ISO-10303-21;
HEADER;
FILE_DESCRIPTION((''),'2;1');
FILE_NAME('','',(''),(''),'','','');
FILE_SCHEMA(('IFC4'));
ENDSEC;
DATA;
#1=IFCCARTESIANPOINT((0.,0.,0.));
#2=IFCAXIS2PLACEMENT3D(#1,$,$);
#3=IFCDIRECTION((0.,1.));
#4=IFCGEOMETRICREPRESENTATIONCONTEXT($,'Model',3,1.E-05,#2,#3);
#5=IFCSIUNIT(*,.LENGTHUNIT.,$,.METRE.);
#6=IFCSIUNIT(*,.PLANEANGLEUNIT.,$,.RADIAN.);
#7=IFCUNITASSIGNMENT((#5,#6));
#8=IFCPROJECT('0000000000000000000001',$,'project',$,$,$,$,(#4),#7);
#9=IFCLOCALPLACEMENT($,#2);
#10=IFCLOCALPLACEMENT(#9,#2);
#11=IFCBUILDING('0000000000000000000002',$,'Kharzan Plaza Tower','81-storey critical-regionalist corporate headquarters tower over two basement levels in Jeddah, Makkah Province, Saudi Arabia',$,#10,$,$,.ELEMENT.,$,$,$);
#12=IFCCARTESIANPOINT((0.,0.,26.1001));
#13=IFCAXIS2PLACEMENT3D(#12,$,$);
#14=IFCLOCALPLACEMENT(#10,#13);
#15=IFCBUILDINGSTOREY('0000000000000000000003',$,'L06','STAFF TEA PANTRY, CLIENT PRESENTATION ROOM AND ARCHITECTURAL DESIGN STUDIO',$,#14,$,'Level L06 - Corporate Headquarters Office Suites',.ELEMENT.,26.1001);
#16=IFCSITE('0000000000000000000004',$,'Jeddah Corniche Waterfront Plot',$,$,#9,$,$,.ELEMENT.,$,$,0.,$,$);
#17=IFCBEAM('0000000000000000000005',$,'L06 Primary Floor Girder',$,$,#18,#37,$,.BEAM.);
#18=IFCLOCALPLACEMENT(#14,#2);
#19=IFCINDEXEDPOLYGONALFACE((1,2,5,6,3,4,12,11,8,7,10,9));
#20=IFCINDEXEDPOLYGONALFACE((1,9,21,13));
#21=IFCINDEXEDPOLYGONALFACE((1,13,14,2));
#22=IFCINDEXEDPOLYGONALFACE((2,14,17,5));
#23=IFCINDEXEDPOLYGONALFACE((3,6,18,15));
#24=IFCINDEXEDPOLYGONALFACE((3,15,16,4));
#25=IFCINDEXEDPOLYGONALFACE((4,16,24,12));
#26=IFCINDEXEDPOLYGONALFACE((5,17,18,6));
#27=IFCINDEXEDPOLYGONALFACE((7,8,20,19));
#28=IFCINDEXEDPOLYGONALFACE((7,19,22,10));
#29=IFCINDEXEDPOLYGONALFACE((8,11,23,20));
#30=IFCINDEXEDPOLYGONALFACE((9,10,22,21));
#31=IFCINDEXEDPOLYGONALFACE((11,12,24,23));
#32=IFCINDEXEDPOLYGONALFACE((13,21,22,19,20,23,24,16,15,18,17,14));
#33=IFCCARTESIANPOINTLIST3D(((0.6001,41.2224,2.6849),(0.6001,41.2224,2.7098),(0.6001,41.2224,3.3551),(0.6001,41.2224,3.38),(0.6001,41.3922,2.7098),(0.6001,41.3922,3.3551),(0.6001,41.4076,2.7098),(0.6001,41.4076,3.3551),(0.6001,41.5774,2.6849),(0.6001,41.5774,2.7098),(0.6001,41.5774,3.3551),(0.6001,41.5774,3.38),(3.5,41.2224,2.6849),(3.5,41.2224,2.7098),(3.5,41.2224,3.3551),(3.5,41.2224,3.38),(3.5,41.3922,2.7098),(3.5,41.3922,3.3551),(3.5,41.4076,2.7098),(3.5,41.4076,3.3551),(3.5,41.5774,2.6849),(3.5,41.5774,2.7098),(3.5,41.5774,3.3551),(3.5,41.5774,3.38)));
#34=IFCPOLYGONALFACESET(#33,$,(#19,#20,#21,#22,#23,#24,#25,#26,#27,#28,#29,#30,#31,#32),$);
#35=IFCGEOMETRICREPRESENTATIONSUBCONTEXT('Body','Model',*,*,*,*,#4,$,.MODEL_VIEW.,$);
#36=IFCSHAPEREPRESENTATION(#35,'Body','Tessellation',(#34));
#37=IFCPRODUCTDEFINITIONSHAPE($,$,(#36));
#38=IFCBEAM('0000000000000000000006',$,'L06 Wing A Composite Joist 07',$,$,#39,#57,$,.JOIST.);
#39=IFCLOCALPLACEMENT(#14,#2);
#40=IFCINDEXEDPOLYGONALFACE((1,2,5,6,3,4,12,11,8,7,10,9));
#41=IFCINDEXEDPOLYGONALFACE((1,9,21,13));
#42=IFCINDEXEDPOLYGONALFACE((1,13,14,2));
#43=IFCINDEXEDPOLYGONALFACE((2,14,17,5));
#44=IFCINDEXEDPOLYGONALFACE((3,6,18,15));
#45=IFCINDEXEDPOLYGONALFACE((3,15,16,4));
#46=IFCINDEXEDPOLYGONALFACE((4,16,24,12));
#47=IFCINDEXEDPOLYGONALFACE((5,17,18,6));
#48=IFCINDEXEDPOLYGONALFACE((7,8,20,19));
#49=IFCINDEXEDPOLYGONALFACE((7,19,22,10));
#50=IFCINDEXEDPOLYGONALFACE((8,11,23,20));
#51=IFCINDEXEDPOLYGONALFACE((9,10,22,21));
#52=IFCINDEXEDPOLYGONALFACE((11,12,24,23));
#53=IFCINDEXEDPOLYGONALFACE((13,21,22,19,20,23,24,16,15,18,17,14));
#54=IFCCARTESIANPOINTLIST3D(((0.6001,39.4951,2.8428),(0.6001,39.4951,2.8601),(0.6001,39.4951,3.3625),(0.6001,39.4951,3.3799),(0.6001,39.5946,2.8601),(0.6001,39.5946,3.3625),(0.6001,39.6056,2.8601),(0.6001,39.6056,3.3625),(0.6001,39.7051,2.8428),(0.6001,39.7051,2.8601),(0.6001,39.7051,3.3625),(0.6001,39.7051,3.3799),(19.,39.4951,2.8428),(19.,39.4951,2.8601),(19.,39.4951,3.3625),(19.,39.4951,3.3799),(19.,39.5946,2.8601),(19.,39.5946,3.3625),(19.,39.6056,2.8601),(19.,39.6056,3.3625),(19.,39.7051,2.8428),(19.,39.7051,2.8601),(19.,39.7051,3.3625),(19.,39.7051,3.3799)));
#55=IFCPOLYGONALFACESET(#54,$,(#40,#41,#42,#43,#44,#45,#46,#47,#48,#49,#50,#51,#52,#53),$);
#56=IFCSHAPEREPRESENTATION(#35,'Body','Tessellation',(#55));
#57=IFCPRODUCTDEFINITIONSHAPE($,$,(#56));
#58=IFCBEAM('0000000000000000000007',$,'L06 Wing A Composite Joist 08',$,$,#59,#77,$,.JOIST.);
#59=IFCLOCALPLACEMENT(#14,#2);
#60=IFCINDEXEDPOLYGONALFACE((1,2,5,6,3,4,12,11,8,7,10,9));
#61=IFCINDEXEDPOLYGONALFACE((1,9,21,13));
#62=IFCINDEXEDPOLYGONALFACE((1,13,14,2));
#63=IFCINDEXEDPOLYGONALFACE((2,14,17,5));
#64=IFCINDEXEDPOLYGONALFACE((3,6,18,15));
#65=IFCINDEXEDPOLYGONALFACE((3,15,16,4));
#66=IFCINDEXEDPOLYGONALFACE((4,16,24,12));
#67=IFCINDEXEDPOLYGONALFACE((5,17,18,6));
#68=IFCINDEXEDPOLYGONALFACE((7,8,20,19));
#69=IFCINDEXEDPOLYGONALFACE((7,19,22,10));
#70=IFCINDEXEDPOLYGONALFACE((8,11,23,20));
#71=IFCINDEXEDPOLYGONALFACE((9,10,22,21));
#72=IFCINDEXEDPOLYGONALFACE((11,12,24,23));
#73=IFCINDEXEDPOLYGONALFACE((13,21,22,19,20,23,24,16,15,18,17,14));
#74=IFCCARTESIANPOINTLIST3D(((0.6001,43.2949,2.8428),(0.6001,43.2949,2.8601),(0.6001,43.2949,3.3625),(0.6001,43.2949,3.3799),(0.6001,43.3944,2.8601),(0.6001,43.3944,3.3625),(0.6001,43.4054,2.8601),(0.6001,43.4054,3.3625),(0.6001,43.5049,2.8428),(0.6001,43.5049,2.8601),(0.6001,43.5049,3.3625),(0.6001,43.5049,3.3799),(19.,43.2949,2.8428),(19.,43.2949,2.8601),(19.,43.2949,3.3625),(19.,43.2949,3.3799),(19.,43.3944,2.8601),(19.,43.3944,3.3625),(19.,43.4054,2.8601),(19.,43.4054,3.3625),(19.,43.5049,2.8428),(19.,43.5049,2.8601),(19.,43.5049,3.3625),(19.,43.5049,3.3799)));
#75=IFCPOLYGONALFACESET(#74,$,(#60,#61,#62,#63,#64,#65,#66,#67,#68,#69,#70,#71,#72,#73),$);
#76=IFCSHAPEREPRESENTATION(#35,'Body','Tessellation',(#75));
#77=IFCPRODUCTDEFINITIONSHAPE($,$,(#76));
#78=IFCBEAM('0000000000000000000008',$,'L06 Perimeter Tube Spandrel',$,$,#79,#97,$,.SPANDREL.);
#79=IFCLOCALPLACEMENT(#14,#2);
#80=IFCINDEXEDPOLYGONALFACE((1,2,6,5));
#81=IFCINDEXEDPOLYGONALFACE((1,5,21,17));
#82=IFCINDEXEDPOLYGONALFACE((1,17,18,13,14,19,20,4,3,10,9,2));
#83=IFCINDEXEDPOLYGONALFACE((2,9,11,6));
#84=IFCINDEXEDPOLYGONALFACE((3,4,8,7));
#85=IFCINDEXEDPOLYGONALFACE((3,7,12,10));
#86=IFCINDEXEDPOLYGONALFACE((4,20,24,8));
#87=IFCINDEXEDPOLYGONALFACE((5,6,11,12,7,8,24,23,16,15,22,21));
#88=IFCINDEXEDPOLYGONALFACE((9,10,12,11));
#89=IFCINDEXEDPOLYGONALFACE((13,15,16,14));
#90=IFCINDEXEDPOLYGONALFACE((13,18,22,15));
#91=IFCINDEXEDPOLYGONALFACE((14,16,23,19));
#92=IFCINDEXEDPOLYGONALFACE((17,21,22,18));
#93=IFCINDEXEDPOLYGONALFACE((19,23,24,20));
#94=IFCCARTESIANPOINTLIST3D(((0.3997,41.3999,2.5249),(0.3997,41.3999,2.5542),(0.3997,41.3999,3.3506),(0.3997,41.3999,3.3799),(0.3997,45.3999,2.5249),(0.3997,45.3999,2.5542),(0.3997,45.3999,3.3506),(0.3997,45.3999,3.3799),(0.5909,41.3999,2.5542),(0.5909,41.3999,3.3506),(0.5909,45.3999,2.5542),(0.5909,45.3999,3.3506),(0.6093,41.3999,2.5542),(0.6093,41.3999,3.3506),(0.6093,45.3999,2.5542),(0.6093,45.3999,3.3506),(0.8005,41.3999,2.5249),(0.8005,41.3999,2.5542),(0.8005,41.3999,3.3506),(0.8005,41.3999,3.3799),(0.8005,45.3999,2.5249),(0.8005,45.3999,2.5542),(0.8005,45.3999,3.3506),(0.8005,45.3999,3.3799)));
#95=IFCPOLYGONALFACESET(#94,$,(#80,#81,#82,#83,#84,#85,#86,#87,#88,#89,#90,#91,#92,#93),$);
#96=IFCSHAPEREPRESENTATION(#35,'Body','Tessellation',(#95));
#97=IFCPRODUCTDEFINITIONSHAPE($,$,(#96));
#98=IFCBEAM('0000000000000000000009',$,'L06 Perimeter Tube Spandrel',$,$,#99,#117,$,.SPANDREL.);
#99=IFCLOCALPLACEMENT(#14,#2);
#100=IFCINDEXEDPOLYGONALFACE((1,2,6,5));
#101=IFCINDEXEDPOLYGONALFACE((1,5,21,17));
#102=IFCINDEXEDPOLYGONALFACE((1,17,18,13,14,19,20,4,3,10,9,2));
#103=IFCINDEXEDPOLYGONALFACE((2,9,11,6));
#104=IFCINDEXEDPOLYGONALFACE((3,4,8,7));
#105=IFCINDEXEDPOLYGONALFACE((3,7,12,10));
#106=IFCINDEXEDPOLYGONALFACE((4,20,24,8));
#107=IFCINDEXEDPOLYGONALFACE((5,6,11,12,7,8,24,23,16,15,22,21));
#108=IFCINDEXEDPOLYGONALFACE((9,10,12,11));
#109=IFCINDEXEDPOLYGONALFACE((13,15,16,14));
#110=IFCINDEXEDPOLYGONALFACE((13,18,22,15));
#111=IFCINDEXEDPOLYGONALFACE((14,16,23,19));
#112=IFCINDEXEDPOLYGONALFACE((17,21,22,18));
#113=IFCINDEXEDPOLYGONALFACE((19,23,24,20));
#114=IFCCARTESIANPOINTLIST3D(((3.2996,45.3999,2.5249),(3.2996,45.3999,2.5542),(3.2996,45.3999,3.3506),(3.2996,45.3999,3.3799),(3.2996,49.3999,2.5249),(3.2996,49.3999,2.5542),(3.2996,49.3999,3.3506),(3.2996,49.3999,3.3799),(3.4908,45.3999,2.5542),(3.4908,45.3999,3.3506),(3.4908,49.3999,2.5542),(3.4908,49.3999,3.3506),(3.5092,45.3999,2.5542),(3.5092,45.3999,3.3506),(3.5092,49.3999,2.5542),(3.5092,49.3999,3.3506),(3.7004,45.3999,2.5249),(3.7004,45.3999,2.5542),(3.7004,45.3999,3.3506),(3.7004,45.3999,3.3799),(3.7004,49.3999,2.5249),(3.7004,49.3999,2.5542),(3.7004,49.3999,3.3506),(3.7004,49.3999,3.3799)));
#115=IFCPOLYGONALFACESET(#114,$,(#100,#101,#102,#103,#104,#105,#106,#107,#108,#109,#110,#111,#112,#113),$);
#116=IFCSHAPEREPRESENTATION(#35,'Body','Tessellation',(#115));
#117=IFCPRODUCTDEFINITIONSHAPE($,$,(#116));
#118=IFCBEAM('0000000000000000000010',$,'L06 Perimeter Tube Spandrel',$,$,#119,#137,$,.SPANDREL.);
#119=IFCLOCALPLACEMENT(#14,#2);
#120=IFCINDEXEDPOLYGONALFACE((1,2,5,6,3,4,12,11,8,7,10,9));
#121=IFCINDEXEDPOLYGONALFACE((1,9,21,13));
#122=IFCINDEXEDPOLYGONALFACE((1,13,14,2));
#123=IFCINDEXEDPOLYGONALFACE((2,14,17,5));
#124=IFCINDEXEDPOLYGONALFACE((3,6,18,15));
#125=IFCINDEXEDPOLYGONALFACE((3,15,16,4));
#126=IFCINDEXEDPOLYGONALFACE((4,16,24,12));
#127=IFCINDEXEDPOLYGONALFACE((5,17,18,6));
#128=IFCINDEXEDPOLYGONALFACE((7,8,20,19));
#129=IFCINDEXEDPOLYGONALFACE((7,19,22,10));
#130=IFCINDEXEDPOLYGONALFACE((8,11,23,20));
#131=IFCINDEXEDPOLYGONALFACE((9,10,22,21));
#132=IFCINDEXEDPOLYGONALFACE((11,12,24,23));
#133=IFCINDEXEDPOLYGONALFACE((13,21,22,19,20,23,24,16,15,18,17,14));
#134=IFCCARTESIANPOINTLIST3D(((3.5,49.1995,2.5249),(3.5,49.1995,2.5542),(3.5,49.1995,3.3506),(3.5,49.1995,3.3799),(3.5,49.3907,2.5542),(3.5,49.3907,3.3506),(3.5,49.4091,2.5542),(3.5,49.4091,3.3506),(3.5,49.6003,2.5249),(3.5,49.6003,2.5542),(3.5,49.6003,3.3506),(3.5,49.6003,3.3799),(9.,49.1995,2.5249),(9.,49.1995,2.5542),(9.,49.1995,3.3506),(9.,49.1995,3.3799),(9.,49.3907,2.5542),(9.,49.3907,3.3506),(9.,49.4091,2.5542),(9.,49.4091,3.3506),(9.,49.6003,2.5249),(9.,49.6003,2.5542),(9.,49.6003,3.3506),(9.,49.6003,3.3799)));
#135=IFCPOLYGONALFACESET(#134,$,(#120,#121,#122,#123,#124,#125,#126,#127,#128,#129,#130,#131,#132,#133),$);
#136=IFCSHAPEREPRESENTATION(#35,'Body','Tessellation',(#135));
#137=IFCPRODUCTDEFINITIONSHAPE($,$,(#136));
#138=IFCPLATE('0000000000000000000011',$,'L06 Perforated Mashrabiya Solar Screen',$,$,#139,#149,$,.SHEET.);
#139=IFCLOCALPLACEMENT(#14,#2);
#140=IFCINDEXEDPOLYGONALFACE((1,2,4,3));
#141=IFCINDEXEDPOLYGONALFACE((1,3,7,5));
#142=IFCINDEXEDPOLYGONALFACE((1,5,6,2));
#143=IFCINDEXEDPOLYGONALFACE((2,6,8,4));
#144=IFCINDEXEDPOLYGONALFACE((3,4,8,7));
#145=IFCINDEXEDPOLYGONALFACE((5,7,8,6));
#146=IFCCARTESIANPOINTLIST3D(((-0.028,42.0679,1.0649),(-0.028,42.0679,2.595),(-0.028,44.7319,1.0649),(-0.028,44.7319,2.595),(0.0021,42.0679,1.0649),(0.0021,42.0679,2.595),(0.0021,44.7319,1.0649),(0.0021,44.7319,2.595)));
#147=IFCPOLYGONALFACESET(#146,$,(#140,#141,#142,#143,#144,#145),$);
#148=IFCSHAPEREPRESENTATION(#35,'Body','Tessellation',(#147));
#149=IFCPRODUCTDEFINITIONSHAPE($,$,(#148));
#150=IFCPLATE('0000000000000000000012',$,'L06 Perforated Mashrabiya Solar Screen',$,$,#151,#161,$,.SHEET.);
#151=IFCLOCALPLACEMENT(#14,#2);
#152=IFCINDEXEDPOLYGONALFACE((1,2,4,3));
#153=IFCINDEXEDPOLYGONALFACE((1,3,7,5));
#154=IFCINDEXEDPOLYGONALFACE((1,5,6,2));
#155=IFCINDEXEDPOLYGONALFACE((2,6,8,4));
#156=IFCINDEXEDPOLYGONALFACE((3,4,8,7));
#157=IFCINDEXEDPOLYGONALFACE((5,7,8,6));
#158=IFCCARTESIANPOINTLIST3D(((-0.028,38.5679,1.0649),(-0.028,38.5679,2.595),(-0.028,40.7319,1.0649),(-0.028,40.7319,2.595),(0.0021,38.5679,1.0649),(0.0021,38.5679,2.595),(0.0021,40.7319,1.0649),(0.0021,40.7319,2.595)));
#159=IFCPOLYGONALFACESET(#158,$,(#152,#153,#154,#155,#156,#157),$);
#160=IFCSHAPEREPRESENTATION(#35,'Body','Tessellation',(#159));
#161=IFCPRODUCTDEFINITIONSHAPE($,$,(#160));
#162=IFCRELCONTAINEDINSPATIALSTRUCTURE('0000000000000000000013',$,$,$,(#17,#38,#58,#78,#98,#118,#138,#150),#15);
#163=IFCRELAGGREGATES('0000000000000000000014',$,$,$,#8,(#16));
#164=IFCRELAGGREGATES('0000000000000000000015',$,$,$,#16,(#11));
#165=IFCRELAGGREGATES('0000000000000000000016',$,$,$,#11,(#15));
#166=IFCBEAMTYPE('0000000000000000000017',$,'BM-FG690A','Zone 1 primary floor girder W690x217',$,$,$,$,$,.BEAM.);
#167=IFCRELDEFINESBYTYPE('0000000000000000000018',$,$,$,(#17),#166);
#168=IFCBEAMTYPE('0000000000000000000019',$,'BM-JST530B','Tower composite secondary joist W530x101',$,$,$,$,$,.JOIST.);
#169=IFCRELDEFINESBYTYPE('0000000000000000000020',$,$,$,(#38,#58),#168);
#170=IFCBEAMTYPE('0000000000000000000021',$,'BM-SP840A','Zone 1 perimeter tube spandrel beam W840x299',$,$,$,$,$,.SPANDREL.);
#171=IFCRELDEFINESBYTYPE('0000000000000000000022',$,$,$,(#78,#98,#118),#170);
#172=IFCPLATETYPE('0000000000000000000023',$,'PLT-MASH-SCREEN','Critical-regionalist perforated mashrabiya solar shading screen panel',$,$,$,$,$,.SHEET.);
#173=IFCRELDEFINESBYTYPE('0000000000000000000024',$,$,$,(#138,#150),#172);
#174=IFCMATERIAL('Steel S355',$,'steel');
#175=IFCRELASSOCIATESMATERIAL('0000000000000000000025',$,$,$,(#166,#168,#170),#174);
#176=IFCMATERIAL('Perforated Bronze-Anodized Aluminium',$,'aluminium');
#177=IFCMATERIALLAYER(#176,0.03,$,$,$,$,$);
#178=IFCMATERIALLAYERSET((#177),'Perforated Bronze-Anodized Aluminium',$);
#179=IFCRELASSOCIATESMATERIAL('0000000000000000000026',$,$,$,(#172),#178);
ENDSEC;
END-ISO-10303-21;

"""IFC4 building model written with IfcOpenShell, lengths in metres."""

from ifc_helpers import new_model, si_unit, direction, frame, origin, origin_2d, place, context, subcontext, project, spatial, rectangle, i_section, extrude, source, transform, mapped, material, layer, layer_set, material_profile, profile_set, type_object, element, save


model = new_model("IFC4")

# Units and contexts
model_context = context("Model", 3, precision=1e-05, world=origin(), true_north=direction((0.0, 1.0)))
body_context = subcontext(model_context, "Body", "Model", "MODEL_VIEW")
ifc_project = project(units=[si_unit("LENGTHUNIT", "METRE"), si_unit("PLANEANGLEUNIT", "RADIAN")], contexts=[model_context])

# Site, building, storey
site_placement = place(None, origin())
site = spatial("IfcSite", under=ifc_project, at=site_placement, Name="Jeddah Corniche Waterfront Plot", CompositionType="ELEMENT", RefElevation=0.0)
building_placement = place(site_placement, origin())
building = spatial("IfcBuilding", under=site, at=building_placement, Name="Kharzan Plaza Tower", Description="81-storey critical-regionalist corporate headquarters tower over two basement levels in Jeddah, Makkah Province, Saudi Arabia", CompositionType="ELEMENT")
storey_placement = place(building_placement, frame((0.0, 0.0, 26.1001)))
storey = spatial("IfcBuildingStorey", under=building, at=storey_placement, Name="L06", Description="STAFF TEA PANTRY, CLIENT PRESENTATION ROOM AND ARCHITECTURAL DESIGN STUDIO", LongName="Level L06 - Corporate Headquarters Office Suites", CompositionType="ELEMENT", Elevation=26.1001)

# Beams
ifc_material_1 = material(Name="Steel S355", Category="steel")
ifc_material_profile_1 = material_profile(ifc_material_1, i_section(OverallWidth=0.355, OverallDepth=0.6951, WebThickness=0.0154, FlangeThickness=0.0249, at=origin_2d()), Name="W690x217")
ifc_profile_set_1 = profile_set([ifc_material_profile_1], Name="Steel S355")
beam_type_1 = type_object("IfcBeamType", Name="BM-FG690A", Description="Zone 1 primary floor girder W690x217", PredefinedType="BEAM", material=ifc_profile_set_1)
shared_shape_1 = source(origin(), body_context, "Body", "SweptSolid", [
    extrude(i_section(OverallWidth=0.355, OverallDepth=0.6951, WebThickness=0.0154, FlangeThickness=0.0249, at=origin_2d()), origin(), (0.0, 0.0, 1.0), 2.8999),
])
for number, where, z_axis, x_axis, name in (
    (1, (0.6001, 41.3999, 3.0325), (1.0, 0.0, 0.0), (0.0, 1.0, 0.0), "L06 Primary Floor Girder"),
):
    element("IfcBeam", number, at=place(storey_placement, frame(where, z_axis=z_axis, x_axis=x_axis)), inside=storey, type_object=beam_type_1, Name=name, PredefinedType="BEAM", context=body_context, shape_type="MappedRepresentation", body=[
        mapped(shared_shape_1, transform((0.0, 0.0, 0.0), x_axis=(1.0, 0.0, 0.0), y_axis=(0.0, 1.0, 0.0), z_axis=(0.0, 0.0, 1.0))),
    ])
ifc_material_profile_2 = material_profile(ifc_material_1, i_section(OverallWidth=0.21, OverallDepth=0.5371, WebThickness=0.011, FlangeThickness=0.0173, at=origin_2d()), Name="W530x101")
ifc_profile_set_2 = profile_set([ifc_material_profile_2], Name="Steel S355")
beam_type_2 = type_object("IfcBeamType", Name="BM-JST530B", Description="Tower composite secondary joist W530x101", PredefinedType="JOIST", material=ifc_profile_set_2)
shared_shape_2 = source(origin(), body_context, "Body", "SweptSolid", [
    extrude(i_section(OverallWidth=0.21, OverallDepth=0.5371, WebThickness=0.011, FlangeThickness=0.0173, at=origin_2d()), origin(), (0.0, 0.0, 1.0), 18.3999),
])
for number, where, z_axis, x_axis, name in (
    (2, (0.6001, 39.6001, 3.1113), (1.0, 0.0, 0.0), (0.0, 1.0, 0.0), "L06 Wing A Composite Joist 07"),
    (3, (0.6001, 43.3999, 3.1113), (1.0, 0.0, 0.0), (0.0, 1.0, 0.0), "L06 Wing A Composite Joist 08"),
):
    element("IfcBeam", number, at=place(storey_placement, frame(where, z_axis=z_axis, x_axis=x_axis)), inside=storey, type_object=beam_type_2, Name=name, PredefinedType="JOIST", context=body_context, shape_type="MappedRepresentation", body=[
        mapped(shared_shape_2, transform((0.0, 0.0, 0.0), x_axis=(1.0, 0.0, 0.0), y_axis=(0.0, 1.0, 0.0), z_axis=(0.0, 0.0, 1.0))),
    ])
ifc_material_profile_3 = material_profile(ifc_material_1, i_section(OverallWidth=0.4009, OverallDepth=0.855, WebThickness=0.0183, FlangeThickness=0.0293, at=origin_2d()), Name="W840x299")
ifc_profile_set_3 = profile_set([ifc_material_profile_3], Name="Steel S355")
beam_type_3 = type_object("IfcBeamType", Name="BM-SP840A", Description="Zone 1 perimeter tube spandrel beam W840x299", PredefinedType="SPANDREL", material=ifc_profile_set_3)
shared_shape_3 = source(origin(), body_context, "Body", "SweptSolid", [
    extrude(i_section(OverallWidth=0.4009, OverallDepth=0.855, WebThickness=0.0183, FlangeThickness=0.0293, at=origin_2d()), origin(), (0.0, 0.0, 1.0), 4.0),
])
for number, where, z_axis, x_axis, name in (
    (4, (0.6001, 41.3999, 2.9524), (0.0, 1.0, 0.0), (-1.0, 0.0, 0.0), "L06 Perimeter Tube Spandrel"),
    (5, (3.5, 45.3999, 2.9524), (0.0, 1.0, 0.0), (-1.0, 0.0, 0.0), "L06 Perimeter Tube Spandrel"),
):
    element("IfcBeam", number, at=place(storey_placement, frame(where, z_axis=z_axis, x_axis=x_axis)), inside=storey, type_object=beam_type_3, Name=name, PredefinedType="SPANDREL", context=body_context, shape_type="MappedRepresentation", body=[
        mapped(shared_shape_3, transform((0.0, 0.0, 0.0), x_axis=(1.0, 0.0, 0.0), y_axis=(0.0, 1.0, 0.0), z_axis=(0.0, 0.0, 1.0))),
    ])
shared_shape_4 = source(origin(), body_context, "Body", "SweptSolid", [
    extrude(i_section(OverallWidth=0.4009, OverallDepth=0.855, WebThickness=0.0183, FlangeThickness=0.0293, at=origin_2d()), origin(), (0.0, 0.0, 1.0), 5.5),
])
beam_1_placement = place(storey_placement, frame((3.5, 49.3999, 2.9524), z_axis=(1.0, 0.0, 0.0), x_axis=(0.0, 1.0, 0.0)))
element("IfcBeam", 6, at=beam_1_placement, inside=storey, type_object=beam_type_3, Name="L06 Perimeter Tube Spandrel", PredefinedType="SPANDREL", context=body_context, shape_type="MappedRepresentation", body=[
    mapped(shared_shape_4, transform((0.0, 0.0, 0.0), x_axis=(1.0, 0.0, 0.0), y_axis=(0.0, 1.0, 0.0), z_axis=(0.0, 0.0, 1.0))),
])

# Plates
ifc_material_2 = material(Name="Perforated Bronze-Anodized Aluminium", Category="aluminium")
ifc_layer_1 = layer(ifc_material_2, 0.03)
ifc_layer_set_1 = layer_set([ifc_layer_1], Name="Perforated Bronze-Anodized Aluminium")
plate_type = type_object("IfcPlateType", Name="PLT-MASH-SCREEN", Description="Critical-regionalist perforated mashrabiya solar shading screen panel", PredefinedType="SHEET", material=ifc_layer_set_1)
shared_shape_5 = source(origin(), body_context, "Body", "SweptSolid", [
    extrude(rectangle(XDim=2.6641, YDim=0.03, at=origin_2d()), origin(), (0.0, 0.0, 1.0), 1.53),
])
plate_1_placement = place(storey_placement, frame((-0.0129, 43.3999, 1.0649), z_axis=(0.0, 0.0, 1.0), x_axis=(0.0, -1.0, 0.0)))
element("IfcPlate", 7, at=plate_1_placement, inside=storey, type_object=plate_type, Name="L06 Perforated Mashrabiya Solar Screen", PredefinedType="SHEET", context=body_context, shape_type="MappedRepresentation", body=[
    mapped(shared_shape_5, transform((0.0, 0.0, 0.0), x_axis=(1.0, 0.0, 0.0), y_axis=(0.0, 1.0, 0.0), z_axis=(0.0, 0.0, 1.0))),
])
shared_shape_6 = source(origin(), body_context, "Body", "SweptSolid", [
    extrude(rectangle(XDim=2.1641, YDim=0.03, at=origin_2d()), origin(), (0.0, 0.0, 1.0), 1.53),
])
plate_2_placement = place(storey_placement, frame((-0.0129, 39.6499, 1.0649), z_axis=(0.0, 0.0, 1.0), x_axis=(0.0, -1.0, 0.0)))
element("IfcPlate", 8, at=plate_2_placement, inside=storey, type_object=plate_type, Name="L06 Perforated Mashrabiya Solar Screen", PredefinedType="SHEET", context=body_context, shape_type="MappedRepresentation", body=[
    mapped(shared_shape_6, transform((0.0, 0.0, 0.0), x_axis=(1.0, 0.0, 0.0), y_axis=(0.0, 1.0, 0.0), z_axis=(0.0, 0.0, 1.0))),
])

save(model, "model.ifc")
